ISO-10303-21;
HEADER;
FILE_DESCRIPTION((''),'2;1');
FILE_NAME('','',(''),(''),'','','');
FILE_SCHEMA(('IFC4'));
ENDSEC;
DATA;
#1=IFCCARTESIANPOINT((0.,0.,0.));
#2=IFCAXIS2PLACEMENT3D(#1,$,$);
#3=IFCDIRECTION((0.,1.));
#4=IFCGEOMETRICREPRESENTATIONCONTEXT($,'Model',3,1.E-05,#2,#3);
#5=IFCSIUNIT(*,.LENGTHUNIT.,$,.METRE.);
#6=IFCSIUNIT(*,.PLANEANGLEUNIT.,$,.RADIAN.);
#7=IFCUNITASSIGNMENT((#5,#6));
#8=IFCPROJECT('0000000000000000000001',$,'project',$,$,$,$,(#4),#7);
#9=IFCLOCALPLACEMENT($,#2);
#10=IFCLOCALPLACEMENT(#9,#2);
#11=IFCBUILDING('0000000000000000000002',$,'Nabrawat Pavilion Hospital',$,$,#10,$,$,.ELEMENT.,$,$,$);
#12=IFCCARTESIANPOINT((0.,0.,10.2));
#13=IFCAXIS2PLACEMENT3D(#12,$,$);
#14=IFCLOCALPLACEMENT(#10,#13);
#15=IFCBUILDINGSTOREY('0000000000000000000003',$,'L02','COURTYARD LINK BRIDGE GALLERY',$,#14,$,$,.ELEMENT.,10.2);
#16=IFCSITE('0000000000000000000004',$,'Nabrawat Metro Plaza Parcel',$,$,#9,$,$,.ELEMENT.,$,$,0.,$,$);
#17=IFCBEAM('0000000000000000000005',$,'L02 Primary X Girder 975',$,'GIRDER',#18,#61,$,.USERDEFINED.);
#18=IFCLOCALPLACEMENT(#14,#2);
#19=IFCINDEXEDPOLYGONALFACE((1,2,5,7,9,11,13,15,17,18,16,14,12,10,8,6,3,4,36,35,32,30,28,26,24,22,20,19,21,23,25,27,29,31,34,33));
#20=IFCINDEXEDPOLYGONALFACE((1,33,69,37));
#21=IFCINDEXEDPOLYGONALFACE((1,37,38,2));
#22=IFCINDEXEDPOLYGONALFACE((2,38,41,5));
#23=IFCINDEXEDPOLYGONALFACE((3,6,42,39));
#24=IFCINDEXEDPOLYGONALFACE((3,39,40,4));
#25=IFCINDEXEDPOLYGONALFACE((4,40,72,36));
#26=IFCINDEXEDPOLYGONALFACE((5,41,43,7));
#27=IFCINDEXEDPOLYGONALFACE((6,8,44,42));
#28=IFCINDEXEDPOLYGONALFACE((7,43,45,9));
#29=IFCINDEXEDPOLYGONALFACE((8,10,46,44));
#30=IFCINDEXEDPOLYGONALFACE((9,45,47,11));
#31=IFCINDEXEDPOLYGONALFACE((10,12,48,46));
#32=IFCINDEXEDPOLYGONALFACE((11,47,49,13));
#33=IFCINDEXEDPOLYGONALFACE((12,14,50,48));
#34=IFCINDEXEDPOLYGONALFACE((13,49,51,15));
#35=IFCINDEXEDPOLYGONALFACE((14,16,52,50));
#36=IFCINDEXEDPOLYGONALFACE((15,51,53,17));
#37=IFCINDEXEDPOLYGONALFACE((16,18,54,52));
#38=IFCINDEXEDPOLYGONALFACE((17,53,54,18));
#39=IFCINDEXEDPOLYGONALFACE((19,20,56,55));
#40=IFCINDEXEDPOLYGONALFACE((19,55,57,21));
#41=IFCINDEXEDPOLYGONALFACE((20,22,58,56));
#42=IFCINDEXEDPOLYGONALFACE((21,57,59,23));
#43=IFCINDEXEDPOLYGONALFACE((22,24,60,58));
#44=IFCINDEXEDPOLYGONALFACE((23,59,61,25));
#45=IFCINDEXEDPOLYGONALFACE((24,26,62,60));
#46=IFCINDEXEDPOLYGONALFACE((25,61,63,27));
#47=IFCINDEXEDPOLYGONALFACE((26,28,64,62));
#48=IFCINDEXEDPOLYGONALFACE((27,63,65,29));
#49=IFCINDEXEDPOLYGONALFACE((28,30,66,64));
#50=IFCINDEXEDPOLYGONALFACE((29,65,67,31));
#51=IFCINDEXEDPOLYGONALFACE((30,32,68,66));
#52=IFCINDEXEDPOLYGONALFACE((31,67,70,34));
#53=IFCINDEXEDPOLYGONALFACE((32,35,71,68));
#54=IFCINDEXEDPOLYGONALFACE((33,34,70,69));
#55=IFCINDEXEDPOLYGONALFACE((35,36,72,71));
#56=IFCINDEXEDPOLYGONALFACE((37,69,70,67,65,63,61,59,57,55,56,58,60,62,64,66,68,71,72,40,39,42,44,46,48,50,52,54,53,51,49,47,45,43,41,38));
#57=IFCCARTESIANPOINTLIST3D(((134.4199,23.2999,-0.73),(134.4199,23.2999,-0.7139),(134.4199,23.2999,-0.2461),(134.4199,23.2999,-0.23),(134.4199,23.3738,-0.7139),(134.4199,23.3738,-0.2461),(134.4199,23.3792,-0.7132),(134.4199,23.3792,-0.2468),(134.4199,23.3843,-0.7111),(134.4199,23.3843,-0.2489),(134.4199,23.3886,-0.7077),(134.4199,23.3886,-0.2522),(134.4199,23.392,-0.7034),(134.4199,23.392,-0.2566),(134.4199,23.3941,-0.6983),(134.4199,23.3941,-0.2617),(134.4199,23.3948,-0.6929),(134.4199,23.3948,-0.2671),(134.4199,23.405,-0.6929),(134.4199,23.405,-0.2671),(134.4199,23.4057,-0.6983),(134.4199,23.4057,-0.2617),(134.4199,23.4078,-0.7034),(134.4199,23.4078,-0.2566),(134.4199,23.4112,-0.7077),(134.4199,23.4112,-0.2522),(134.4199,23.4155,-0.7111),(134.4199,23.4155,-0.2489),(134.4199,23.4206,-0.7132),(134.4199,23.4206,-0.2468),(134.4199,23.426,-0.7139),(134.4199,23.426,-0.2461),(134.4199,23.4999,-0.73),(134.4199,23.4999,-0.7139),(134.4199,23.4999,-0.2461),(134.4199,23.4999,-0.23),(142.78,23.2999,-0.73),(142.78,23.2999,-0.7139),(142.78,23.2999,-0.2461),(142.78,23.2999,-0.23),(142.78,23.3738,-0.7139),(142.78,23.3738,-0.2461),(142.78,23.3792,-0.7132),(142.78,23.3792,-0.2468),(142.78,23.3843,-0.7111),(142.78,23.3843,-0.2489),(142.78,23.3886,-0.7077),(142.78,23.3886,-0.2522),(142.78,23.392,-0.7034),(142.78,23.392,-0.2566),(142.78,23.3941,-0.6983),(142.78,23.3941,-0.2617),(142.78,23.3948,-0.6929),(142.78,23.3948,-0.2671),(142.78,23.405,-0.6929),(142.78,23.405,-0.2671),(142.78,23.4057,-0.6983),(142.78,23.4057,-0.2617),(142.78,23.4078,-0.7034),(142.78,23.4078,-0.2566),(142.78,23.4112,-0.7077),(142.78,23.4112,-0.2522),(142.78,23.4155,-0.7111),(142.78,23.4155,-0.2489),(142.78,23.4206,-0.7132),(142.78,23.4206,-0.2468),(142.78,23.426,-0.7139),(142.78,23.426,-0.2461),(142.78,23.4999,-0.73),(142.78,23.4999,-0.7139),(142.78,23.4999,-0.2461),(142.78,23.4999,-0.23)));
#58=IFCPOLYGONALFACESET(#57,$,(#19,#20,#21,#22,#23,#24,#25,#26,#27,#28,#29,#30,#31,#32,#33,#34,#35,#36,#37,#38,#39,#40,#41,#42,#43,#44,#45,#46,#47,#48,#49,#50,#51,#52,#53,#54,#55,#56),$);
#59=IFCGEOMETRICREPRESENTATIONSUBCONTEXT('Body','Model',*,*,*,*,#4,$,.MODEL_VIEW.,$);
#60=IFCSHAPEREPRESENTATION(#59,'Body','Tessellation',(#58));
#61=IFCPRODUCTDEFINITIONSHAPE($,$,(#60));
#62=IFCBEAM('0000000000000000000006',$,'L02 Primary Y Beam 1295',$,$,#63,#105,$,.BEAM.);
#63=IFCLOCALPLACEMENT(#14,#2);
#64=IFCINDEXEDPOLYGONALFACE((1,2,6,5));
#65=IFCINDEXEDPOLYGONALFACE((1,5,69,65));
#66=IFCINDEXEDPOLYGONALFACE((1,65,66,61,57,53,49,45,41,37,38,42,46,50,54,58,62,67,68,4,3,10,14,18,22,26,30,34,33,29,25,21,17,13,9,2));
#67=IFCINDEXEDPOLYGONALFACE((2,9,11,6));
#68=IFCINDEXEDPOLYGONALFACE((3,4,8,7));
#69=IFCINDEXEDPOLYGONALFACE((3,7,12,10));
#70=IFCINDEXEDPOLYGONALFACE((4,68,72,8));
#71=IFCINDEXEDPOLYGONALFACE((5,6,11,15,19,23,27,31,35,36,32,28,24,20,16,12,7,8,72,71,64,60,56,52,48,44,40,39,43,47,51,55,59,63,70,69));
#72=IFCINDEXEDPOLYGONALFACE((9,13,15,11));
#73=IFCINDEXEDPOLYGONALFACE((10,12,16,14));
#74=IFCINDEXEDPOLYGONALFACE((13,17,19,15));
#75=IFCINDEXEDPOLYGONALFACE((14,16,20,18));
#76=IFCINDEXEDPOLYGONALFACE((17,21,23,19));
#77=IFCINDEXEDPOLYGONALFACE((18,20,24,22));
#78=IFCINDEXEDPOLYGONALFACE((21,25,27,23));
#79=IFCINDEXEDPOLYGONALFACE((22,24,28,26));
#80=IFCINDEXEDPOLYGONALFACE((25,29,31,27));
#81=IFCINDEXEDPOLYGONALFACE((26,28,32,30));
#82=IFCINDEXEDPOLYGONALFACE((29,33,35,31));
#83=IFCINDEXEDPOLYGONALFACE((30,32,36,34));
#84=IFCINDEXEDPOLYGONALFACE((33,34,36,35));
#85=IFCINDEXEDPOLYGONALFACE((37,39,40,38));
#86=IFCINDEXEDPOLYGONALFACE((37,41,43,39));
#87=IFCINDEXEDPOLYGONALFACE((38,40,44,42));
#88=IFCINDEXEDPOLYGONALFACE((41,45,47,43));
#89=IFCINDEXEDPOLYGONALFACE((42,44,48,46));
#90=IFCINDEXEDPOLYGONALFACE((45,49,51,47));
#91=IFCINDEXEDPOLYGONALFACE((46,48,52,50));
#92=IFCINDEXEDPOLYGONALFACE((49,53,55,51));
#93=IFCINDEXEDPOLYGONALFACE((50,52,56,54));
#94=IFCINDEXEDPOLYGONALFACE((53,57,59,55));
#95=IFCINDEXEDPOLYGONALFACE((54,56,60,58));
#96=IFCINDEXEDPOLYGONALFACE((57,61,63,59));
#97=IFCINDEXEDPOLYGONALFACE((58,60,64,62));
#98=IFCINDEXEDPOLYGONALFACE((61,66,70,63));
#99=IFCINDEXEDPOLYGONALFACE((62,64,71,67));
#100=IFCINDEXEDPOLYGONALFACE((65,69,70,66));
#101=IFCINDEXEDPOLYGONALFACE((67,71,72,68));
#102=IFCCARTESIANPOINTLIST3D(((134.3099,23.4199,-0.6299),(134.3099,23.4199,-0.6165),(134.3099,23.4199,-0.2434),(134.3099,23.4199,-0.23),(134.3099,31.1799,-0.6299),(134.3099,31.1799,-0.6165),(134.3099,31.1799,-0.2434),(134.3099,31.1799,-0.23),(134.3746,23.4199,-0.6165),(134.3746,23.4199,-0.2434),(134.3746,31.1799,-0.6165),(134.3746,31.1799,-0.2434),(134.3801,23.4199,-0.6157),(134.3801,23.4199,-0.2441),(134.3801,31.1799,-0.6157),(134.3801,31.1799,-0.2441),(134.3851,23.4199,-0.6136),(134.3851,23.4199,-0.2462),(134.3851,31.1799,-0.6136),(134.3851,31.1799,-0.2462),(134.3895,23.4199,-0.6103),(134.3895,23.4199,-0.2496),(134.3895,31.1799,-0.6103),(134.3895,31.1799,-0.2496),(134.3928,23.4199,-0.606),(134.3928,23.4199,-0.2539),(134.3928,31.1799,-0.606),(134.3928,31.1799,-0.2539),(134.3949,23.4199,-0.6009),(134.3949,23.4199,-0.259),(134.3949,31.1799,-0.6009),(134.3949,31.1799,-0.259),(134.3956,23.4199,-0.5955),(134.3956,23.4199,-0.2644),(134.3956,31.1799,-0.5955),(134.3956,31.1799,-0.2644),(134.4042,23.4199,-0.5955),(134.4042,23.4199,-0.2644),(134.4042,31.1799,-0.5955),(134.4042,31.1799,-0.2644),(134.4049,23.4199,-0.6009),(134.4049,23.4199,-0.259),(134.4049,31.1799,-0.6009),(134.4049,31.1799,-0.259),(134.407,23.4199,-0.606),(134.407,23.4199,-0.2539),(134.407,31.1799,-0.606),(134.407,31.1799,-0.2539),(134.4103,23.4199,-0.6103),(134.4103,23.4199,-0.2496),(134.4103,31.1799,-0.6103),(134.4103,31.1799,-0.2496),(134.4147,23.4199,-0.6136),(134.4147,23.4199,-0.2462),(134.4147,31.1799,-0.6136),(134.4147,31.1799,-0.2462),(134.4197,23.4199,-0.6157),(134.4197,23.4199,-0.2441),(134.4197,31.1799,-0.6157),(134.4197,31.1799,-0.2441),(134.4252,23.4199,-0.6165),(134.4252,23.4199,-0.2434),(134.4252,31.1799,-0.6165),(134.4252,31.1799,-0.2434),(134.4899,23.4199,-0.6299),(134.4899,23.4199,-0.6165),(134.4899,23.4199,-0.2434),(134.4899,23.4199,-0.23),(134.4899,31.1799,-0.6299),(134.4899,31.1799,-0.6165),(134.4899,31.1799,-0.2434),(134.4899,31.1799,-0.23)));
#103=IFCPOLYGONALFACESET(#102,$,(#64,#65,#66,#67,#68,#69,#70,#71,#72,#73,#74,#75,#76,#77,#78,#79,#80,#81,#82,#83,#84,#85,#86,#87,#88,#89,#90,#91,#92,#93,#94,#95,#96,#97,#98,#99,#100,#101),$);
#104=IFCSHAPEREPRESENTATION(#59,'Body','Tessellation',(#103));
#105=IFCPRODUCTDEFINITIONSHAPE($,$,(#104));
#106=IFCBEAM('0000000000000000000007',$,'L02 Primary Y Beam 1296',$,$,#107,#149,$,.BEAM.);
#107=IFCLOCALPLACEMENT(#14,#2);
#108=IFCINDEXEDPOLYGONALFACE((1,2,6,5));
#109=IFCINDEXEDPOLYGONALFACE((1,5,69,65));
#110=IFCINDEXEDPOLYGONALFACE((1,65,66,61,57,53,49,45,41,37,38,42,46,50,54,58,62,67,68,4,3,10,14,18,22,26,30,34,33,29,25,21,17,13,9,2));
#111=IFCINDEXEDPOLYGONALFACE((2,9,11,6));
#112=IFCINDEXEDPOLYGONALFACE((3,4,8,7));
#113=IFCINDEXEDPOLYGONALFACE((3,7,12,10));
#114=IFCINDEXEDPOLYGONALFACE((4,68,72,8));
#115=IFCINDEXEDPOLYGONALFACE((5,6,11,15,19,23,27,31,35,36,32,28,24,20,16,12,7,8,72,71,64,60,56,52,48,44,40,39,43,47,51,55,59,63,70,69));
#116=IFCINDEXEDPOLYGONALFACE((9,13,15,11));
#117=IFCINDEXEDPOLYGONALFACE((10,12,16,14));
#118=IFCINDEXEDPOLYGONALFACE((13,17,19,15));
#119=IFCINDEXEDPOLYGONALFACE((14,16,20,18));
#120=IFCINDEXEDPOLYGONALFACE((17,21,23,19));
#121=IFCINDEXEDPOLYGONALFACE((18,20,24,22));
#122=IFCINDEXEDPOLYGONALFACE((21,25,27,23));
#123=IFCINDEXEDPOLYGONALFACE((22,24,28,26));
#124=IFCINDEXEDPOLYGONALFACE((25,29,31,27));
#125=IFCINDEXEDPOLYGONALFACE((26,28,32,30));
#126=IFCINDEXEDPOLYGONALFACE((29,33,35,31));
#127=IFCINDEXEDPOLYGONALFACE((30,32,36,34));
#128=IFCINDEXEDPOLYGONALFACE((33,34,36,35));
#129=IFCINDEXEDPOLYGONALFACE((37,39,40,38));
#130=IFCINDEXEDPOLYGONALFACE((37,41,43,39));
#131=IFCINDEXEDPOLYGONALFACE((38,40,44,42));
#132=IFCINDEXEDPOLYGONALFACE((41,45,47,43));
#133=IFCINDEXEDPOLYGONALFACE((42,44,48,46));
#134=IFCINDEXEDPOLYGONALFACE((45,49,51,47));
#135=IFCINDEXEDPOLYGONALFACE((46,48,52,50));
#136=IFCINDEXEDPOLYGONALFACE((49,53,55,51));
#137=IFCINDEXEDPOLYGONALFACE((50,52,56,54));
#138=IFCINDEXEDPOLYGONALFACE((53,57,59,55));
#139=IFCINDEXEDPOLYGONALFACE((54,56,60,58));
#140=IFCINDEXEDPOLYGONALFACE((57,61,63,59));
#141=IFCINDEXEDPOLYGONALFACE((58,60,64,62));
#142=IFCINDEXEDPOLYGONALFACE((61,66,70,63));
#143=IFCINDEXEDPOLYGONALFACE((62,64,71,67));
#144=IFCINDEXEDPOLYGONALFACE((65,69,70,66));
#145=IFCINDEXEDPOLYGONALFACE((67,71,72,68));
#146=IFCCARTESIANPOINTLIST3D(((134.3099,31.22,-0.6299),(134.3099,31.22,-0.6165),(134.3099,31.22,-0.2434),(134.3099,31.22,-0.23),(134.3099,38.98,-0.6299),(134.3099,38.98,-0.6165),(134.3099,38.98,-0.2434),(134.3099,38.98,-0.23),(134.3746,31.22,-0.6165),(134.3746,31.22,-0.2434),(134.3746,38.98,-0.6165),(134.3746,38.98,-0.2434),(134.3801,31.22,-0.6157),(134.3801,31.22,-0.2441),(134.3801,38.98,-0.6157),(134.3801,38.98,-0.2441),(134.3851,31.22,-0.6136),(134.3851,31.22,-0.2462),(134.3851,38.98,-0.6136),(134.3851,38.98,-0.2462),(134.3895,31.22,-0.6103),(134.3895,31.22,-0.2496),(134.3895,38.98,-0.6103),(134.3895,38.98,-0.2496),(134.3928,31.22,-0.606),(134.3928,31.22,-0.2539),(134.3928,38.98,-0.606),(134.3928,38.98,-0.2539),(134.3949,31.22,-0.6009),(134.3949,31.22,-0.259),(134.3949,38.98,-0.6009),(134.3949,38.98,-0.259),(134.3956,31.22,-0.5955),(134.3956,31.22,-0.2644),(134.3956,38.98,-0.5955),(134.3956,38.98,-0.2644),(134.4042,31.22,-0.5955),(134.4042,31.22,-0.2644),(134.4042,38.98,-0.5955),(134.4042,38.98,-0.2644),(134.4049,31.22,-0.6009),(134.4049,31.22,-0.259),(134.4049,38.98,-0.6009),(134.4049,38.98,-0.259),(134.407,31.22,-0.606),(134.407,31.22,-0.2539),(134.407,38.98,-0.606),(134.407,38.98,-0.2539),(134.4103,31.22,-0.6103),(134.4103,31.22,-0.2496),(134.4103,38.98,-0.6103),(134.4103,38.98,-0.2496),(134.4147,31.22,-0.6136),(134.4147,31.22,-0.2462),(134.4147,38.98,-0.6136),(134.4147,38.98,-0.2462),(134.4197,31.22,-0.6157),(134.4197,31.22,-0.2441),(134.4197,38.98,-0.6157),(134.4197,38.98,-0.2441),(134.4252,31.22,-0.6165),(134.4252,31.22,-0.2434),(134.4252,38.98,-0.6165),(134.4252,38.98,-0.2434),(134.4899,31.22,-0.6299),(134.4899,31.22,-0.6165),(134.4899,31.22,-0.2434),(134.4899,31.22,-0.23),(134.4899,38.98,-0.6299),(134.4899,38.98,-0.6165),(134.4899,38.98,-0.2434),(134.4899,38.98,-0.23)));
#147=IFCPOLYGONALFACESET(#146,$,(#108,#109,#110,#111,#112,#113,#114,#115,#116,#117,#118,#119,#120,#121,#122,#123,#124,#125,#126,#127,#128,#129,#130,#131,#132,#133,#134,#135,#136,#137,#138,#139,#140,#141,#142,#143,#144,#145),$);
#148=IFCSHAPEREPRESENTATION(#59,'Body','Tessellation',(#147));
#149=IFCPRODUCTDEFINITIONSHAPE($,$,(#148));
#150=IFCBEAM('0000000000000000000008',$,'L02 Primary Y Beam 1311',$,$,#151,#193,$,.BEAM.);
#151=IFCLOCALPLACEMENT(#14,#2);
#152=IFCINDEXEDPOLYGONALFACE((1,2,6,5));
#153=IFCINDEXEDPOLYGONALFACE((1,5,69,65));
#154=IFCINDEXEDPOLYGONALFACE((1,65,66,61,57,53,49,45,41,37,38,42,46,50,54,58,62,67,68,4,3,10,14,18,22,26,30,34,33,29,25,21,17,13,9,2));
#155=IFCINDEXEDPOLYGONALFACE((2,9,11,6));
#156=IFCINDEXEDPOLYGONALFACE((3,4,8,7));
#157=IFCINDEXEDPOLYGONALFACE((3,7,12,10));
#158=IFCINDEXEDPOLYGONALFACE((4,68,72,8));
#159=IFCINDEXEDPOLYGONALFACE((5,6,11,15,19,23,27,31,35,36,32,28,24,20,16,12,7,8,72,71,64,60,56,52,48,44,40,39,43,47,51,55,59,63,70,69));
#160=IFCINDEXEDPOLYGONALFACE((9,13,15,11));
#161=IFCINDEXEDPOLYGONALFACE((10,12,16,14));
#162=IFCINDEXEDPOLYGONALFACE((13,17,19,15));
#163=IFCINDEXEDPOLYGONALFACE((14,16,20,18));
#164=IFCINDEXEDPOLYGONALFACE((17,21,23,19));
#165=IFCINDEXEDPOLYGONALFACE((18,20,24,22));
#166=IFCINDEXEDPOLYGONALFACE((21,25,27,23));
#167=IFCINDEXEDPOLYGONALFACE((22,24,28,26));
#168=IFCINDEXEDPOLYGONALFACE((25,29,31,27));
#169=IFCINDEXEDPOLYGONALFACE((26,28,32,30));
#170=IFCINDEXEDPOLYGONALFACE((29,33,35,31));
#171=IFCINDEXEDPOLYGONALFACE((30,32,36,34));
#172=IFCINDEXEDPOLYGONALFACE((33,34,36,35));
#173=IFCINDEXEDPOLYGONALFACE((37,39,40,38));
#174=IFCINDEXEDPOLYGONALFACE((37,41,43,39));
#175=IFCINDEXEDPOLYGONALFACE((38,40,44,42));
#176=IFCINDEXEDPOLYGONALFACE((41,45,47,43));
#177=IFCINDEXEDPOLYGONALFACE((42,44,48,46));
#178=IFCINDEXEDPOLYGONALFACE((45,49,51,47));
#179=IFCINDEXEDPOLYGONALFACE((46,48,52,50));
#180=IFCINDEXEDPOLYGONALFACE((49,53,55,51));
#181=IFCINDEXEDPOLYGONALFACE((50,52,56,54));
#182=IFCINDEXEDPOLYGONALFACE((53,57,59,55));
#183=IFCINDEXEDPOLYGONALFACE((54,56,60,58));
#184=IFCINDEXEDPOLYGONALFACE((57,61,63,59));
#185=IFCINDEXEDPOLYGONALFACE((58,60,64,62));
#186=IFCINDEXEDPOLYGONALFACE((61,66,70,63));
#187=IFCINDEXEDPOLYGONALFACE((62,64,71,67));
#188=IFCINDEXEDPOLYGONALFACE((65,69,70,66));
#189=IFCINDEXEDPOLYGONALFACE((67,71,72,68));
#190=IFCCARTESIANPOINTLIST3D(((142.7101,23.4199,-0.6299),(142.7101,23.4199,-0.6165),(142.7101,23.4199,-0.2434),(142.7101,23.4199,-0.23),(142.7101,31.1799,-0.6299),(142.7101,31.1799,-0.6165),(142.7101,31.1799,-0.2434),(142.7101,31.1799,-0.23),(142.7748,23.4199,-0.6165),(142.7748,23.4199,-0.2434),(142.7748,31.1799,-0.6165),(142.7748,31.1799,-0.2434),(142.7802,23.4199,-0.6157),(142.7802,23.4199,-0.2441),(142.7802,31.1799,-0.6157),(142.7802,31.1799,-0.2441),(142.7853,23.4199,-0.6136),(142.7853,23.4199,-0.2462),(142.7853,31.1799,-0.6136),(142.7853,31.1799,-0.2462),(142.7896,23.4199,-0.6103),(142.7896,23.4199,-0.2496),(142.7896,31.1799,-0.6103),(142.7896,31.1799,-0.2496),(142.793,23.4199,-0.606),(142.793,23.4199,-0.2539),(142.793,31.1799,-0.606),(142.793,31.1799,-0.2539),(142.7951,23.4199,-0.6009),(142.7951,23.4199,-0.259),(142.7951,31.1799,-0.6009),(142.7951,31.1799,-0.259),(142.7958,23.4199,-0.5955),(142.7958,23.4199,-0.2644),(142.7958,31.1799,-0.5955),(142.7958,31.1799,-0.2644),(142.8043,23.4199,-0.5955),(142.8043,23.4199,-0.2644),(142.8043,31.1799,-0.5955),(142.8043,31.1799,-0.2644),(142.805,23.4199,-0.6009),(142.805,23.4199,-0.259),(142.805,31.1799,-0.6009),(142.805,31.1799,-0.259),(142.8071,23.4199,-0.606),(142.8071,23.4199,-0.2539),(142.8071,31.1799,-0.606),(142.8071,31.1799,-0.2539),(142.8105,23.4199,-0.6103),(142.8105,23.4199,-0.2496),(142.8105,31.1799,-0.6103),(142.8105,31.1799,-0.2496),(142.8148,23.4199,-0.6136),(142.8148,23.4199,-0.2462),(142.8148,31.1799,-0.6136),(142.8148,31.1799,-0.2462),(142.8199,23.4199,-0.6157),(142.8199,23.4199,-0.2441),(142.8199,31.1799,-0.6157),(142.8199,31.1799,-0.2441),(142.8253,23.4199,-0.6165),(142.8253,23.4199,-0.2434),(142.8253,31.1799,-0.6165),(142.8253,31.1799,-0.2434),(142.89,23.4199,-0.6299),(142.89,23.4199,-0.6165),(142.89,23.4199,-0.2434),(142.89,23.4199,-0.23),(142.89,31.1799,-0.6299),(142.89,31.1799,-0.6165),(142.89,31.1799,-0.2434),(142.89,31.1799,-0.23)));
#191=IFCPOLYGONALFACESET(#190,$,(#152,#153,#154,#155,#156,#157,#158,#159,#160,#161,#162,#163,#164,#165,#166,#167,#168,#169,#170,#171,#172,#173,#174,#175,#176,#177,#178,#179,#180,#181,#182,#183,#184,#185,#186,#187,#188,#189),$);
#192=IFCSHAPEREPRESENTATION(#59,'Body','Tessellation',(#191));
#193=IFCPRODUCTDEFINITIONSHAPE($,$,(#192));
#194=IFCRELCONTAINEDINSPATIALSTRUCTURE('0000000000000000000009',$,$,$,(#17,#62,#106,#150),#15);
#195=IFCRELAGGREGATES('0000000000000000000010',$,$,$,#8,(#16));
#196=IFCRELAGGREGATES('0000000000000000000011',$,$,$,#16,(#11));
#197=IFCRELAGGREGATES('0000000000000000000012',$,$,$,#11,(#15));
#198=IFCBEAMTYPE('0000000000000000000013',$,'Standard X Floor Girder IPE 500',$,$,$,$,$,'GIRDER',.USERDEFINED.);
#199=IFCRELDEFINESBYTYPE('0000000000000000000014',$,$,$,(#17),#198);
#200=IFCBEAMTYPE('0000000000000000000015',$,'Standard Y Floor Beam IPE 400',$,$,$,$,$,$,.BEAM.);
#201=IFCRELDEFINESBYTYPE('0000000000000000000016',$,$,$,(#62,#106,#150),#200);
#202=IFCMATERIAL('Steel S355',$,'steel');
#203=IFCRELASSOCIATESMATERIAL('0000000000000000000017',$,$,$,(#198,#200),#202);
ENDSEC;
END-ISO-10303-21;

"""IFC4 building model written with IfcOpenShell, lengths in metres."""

from ifc_helpers import new_model, si_unit, direction, frame, origin, origin_2d, place, context, subcontext, project, spatial, i_section, extrude, material, material_profile, profile_set, type_object, element, save


model = new_model("IFC4")

# Units and contexts
model_context = context("Model", 3, precision=1e-05, world=origin(), true_north=direction((0.0, 1.0)))
body_context = subcontext(model_context, "Body", "Model", "MODEL_VIEW")
ifc_project = project(units=[si_unit("LENGTHUNIT", "METRE"), si_unit("PLANEANGLEUNIT", "RADIAN")], contexts=[model_context])

# Site, building, storey
site_placement = place(None, origin())
site = spatial("IfcSite", under=ifc_project, at=site_placement, Name="Nabrawat Metro Plaza Parcel", CompositionType="ELEMENT", RefElevation=0.0)
building_placement = place(site_placement, origin())
building = spatial("IfcBuilding", under=site, at=building_placement, Name="Nabrawat Pavilion Hospital", CompositionType="ELEMENT")
storey_placement = place(building_placement, frame((0.0, 0.0, 10.2)))
storey = spatial("IfcBuildingStorey", under=building, at=storey_placement, Name="L02", Description="COURTYARD LINK BRIDGE GALLERY", CompositionType="ELEMENT", Elevation=10.2)

# Shared definitions
ifc_material_1 = material(Name="Steel S355", Category="steel")

# Beams
ifc_material_profile_1 = material_profile(ifc_material_1, i_section(OverallWidth=0.2, OverallDepth=0.5, WebThickness=0.0103, FlangeThickness=0.0161, FilletRadius=0.021, at=origin_2d()), Name="IPE 500")
ifc_profile_set_1 = profile_set([ifc_material_profile_1], Name="Steel S355")
beam_type_1 = type_object("IfcBeamType", Name="Standard X Floor Girder IPE 500", ElementType="GIRDER", PredefinedType="USERDEFINED", material=ifc_profile_set_1)
beam_1_placement = place(storey_placement, frame((134.4199, 23.3999, -0.48), z_axis=(1.0, 0.0, 0.0), x_axis=(0.0, 1.0, 0.0)))
element("IfcBeam", 1, at=beam_1_placement, inside=storey, type_object=beam_type_1, Name="L02 Primary X Girder 975", ObjectType="GIRDER", PredefinedType="USERDEFINED", context=body_context, shape_type="SweptSolid", body=[
    extrude(i_section(OverallWidth=0.2, OverallDepth=0.5, WebThickness=0.0103, FlangeThickness=0.0161, FilletRadius=0.021, at=origin_2d()), origin(), (0.0, 0.0, 1.0), 8.3601),
])
ifc_material_profile_2 = material_profile(ifc_material_1, i_section(OverallWidth=0.1799, OverallDepth=0.3999, WebThickness=0.0085, FlangeThickness=0.0134, FilletRadius=0.021, at=origin_2d()), Name="IPE 400")
ifc_profile_set_2 = profile_set([ifc_material_profile_2], Name="Steel S355")
beam_type_2 = type_object("IfcBeamType", Name="Standard Y Floor Beam IPE 400", PredefinedType="BEAM", material=ifc_profile_set_2)
for number, where, z_axis, x_axis, name in (
    (2, (134.3999, 23.4199, -0.4299), (0.0, 1.0, 0.0), (-1.0, 0.0, 0.0), "L02 Primary Y Beam 1295"),
    (3, (134.3999, 31.22, -0.4299), (0.0, 1.0, 0.0), (-1.0, 0.0, 0.0), "L02 Primary Y Beam 1296"),
    (4, (142.8, 23.4199, -0.4299), (0.0, 1.0, 0.0), (-1.0, 0.0, 0.0), "L02 Primary Y Beam 1311"),
):
    element("IfcBeam", number, at=place(storey_placement, frame(where, z_axis=z_axis, x_axis=x_axis)), inside=storey, type_object=beam_type_2, Name=name, PredefinedType="BEAM", context=body_context, shape_type="SweptSolid", body=[
        extrude(i_section(OverallWidth=0.1799, OverallDepth=0.3999, WebThickness=0.0085, FlangeThickness=0.0134, FilletRadius=0.021, at=origin_2d()), origin(), (0.0, 0.0, 1.0), 7.76),
    ])

save(model, "model.ifc")
